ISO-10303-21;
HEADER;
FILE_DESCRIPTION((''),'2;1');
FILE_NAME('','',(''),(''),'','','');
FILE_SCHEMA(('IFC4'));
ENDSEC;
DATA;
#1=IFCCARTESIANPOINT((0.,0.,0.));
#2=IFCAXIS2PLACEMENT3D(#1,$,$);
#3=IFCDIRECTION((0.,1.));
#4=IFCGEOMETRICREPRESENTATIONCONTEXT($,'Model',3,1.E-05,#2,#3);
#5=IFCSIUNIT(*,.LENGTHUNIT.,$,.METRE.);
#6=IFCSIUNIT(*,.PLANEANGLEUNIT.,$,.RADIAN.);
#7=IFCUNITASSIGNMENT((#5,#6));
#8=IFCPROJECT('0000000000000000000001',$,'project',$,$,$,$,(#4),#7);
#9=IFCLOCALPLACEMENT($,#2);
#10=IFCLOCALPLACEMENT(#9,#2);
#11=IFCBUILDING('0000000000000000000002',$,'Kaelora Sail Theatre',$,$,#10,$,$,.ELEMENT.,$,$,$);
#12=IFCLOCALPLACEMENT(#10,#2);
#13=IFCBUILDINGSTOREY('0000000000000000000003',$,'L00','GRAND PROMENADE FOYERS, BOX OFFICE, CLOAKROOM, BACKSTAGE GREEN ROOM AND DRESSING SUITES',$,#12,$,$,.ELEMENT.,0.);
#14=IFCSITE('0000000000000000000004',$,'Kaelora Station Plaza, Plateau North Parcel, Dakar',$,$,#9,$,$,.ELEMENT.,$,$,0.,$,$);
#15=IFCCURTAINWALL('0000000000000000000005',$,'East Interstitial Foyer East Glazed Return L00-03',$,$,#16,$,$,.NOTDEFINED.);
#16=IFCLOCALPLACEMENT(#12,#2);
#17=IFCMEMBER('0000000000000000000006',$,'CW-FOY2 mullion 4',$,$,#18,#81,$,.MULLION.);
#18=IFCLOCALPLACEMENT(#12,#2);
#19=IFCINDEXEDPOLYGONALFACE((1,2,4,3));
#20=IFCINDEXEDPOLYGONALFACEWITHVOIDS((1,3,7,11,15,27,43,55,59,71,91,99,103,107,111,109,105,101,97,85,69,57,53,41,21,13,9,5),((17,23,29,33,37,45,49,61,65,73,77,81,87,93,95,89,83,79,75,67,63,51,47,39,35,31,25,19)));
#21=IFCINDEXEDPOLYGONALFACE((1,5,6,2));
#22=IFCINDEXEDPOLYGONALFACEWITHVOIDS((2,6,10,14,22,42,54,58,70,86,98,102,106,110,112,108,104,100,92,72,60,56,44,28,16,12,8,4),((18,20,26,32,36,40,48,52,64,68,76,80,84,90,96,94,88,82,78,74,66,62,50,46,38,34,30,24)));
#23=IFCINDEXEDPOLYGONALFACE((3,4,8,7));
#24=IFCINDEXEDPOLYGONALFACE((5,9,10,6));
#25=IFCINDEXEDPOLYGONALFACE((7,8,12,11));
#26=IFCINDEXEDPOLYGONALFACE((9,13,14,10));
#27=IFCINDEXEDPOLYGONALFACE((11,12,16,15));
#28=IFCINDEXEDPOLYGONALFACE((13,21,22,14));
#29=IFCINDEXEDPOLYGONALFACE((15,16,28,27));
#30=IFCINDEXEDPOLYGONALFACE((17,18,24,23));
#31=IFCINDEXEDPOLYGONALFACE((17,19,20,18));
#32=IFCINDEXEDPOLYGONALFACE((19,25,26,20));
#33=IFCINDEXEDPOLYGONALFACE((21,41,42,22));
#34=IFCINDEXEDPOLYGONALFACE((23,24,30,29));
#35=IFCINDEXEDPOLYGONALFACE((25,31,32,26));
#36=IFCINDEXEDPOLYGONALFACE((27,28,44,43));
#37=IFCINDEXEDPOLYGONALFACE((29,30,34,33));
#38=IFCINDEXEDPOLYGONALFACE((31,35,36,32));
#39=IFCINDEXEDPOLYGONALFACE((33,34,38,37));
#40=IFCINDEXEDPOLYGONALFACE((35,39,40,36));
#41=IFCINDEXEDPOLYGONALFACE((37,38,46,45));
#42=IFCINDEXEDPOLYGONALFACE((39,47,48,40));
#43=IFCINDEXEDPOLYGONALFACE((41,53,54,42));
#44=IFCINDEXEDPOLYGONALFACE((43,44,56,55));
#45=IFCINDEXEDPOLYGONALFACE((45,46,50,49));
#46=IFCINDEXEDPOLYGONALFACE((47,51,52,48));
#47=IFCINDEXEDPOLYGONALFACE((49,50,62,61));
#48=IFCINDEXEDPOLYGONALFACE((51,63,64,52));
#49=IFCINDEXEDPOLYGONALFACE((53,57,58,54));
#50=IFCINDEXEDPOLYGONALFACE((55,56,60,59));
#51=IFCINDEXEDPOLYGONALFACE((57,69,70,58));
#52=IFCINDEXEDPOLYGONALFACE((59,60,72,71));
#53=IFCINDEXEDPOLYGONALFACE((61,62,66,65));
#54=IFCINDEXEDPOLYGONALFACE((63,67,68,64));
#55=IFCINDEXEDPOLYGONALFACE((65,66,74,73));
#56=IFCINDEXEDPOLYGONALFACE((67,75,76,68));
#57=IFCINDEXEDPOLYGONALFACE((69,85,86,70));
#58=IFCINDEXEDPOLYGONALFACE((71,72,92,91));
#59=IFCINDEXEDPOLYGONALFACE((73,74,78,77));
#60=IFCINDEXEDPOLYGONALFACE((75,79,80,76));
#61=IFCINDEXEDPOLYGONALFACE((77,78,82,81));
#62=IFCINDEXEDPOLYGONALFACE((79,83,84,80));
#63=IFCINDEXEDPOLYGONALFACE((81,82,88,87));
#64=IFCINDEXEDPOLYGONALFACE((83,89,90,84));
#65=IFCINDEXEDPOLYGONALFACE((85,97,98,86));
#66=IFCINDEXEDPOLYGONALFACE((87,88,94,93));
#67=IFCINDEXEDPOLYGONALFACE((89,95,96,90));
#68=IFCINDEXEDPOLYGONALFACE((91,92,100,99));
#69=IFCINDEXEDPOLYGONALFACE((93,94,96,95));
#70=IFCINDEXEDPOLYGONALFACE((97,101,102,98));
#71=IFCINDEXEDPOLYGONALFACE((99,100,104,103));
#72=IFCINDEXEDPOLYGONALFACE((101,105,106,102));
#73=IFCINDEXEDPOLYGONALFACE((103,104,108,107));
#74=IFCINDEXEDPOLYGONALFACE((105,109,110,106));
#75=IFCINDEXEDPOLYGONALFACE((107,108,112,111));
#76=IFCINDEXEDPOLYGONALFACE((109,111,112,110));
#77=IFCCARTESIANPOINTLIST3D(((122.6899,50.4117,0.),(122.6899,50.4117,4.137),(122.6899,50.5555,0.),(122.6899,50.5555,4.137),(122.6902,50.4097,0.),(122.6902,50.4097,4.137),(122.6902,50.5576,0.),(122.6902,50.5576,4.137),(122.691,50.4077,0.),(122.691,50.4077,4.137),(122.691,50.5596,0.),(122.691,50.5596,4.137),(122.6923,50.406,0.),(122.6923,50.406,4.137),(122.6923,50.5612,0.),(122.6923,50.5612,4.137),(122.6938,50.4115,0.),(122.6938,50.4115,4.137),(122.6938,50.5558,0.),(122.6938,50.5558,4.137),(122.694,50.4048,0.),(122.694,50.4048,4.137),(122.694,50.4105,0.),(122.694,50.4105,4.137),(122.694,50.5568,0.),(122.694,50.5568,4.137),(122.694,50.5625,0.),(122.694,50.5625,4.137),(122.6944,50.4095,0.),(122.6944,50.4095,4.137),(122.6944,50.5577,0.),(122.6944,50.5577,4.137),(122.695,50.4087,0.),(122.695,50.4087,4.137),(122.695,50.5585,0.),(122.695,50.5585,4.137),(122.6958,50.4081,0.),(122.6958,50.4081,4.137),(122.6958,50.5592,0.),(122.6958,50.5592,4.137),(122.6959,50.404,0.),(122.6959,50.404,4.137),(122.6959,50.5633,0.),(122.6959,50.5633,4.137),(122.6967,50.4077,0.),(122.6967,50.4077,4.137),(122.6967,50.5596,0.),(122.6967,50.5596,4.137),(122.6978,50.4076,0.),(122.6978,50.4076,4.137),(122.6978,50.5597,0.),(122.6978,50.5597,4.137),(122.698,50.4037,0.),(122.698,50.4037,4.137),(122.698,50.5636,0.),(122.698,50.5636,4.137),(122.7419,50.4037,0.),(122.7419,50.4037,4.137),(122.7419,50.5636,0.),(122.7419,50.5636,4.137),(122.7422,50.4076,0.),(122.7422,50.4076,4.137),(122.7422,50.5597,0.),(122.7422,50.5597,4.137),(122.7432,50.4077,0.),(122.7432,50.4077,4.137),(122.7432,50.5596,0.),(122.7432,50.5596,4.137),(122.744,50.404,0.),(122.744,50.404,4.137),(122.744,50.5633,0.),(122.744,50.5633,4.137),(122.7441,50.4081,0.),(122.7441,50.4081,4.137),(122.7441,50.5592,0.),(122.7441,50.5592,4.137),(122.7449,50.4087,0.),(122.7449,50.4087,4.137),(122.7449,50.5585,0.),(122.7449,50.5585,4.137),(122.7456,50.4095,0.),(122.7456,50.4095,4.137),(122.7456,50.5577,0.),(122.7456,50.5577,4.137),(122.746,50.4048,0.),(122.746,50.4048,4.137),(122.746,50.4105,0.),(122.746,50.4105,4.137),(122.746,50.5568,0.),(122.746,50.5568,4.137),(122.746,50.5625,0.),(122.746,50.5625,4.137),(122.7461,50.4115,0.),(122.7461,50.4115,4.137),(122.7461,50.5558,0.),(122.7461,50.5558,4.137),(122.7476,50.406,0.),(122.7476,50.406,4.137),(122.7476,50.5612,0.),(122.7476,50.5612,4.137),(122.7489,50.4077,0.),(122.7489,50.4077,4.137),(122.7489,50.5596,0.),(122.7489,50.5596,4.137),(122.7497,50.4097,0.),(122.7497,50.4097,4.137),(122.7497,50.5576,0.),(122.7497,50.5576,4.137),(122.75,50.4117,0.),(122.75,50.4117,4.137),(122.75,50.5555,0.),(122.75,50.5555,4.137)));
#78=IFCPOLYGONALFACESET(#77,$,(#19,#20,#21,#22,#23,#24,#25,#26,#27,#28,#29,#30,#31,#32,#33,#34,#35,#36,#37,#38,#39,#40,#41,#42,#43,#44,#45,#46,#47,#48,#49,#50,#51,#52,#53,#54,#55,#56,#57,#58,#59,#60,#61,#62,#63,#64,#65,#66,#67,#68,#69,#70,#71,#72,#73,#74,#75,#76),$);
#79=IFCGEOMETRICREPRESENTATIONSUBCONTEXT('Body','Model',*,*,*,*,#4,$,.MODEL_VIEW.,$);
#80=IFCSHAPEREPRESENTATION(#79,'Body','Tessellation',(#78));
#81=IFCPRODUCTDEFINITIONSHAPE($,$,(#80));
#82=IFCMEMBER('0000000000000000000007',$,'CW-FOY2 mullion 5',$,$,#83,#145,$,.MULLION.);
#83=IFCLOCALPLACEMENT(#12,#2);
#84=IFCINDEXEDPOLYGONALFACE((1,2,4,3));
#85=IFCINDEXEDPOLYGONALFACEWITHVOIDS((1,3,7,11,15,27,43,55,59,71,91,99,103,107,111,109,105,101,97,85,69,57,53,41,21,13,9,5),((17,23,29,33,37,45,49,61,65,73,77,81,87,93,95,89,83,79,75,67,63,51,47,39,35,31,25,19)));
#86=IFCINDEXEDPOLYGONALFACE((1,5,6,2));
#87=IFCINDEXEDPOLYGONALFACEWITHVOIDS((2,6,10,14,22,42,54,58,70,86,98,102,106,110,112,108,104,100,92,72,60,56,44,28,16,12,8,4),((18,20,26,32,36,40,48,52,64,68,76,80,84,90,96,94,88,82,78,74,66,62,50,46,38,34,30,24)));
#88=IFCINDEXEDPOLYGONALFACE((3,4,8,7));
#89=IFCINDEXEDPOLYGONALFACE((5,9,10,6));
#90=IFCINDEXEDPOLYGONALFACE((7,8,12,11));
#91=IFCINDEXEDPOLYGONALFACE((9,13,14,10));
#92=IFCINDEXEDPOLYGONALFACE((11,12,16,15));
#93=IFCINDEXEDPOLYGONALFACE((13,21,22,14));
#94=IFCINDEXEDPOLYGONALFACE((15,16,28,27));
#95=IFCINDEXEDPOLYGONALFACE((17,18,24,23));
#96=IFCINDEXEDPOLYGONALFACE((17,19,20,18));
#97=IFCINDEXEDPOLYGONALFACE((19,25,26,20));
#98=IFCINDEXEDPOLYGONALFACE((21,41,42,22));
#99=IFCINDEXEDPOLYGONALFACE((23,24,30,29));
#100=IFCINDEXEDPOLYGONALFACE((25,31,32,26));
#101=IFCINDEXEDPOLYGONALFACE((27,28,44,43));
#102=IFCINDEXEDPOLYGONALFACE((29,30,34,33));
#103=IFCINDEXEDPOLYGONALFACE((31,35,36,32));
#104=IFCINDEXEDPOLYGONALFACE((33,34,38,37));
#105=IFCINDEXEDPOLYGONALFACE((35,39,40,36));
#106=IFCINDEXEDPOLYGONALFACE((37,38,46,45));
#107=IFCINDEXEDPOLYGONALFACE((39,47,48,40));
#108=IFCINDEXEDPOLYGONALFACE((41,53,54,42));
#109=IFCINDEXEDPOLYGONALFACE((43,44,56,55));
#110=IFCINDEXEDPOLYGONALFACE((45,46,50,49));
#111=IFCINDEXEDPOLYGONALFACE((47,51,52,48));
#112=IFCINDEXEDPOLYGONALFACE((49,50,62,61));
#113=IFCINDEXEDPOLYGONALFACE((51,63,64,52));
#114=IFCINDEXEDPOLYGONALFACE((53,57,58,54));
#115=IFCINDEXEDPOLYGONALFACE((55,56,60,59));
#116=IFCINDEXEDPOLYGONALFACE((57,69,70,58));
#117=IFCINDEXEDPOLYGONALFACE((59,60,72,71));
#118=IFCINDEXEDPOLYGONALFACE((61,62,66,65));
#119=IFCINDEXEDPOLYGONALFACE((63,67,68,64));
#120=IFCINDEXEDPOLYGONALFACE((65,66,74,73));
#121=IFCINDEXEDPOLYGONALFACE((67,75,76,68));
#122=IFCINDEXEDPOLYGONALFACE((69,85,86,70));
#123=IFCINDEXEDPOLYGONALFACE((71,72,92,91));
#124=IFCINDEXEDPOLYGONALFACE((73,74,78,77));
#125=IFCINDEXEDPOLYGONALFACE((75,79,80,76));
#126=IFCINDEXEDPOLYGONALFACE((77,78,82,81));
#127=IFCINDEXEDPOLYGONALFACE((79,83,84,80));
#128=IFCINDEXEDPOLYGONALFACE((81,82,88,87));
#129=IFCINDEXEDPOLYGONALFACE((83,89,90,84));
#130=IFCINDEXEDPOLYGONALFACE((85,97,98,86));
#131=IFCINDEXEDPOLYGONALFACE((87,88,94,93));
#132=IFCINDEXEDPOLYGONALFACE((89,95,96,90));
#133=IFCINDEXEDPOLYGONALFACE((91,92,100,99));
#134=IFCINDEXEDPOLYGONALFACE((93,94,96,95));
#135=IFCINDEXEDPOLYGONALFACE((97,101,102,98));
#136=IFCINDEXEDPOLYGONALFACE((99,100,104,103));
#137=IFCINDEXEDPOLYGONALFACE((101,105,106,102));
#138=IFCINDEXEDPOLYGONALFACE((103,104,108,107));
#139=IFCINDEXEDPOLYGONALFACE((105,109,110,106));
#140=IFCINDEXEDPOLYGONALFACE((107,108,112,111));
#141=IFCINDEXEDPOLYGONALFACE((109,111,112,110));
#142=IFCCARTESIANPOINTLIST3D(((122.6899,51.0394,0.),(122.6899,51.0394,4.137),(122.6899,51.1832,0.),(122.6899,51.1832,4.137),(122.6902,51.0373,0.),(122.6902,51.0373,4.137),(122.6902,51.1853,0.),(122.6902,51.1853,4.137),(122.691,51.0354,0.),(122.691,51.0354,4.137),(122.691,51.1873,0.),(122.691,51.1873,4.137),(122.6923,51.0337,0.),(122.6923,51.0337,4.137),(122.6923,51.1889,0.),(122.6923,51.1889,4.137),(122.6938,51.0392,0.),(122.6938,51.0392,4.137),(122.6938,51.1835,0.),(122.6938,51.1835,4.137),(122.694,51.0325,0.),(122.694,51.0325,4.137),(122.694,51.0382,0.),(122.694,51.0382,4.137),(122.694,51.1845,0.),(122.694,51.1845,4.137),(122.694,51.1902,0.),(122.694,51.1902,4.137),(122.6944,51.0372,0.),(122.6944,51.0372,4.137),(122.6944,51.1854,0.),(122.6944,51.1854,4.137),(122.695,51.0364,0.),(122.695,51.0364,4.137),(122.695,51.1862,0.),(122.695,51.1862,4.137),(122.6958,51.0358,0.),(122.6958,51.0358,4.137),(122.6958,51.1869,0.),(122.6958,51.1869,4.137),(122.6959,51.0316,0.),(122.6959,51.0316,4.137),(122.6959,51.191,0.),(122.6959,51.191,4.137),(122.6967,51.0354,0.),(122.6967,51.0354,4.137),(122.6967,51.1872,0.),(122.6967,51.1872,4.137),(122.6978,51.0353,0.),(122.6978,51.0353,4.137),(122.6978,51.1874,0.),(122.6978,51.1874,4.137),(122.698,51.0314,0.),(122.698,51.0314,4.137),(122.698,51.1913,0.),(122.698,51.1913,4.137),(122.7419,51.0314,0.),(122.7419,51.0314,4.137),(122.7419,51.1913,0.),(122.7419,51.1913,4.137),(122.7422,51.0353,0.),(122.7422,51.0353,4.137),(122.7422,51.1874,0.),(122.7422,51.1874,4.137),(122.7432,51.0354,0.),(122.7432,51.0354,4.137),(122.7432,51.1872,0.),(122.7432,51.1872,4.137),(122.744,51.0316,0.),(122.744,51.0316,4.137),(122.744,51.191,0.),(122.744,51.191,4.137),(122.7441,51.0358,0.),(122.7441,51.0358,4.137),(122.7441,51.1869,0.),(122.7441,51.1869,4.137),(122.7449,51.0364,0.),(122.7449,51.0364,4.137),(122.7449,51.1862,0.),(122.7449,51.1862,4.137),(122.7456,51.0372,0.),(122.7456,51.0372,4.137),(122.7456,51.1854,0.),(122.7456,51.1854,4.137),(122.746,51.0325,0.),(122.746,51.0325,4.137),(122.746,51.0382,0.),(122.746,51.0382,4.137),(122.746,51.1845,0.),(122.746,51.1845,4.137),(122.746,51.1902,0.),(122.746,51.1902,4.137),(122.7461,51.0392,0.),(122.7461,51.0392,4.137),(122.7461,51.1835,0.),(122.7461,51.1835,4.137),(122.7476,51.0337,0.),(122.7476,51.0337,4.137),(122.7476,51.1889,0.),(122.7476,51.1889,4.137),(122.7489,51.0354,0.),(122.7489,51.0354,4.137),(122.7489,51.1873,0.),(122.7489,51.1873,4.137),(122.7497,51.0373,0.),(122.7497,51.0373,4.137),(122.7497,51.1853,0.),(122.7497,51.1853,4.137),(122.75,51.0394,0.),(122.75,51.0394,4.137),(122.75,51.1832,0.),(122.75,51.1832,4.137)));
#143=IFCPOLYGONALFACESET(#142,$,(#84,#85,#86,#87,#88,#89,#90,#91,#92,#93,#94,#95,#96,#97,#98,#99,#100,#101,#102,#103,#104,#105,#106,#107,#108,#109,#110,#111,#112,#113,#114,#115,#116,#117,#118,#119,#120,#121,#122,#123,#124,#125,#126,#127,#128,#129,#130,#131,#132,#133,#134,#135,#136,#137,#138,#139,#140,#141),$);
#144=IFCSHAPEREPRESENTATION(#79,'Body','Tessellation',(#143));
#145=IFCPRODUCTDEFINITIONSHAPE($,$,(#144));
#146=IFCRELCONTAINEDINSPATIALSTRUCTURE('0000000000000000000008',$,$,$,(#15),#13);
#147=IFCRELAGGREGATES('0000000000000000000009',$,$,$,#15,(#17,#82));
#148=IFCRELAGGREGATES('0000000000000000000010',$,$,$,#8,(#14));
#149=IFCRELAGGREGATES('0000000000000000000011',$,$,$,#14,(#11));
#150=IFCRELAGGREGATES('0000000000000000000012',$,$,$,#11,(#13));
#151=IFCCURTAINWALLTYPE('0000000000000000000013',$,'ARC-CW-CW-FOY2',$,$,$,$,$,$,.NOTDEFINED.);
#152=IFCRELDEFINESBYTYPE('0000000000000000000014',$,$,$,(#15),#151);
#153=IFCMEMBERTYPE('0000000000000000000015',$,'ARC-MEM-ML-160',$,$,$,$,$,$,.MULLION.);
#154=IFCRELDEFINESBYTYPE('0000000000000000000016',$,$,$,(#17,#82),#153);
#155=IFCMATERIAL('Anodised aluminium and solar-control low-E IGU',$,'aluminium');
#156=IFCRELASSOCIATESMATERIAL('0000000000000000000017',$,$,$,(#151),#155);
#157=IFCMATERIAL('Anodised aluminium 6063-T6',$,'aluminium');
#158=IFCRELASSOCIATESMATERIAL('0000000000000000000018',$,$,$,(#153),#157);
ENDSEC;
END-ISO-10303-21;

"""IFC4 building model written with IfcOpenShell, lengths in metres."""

from ifc_helpers import new_model, si_unit, direction, frame, origin, origin_2d, place, context, subcontext, project, spatial, hollow_rectangle, extrude, material, material_profile, profile_set, type_object, element, aggregate, save


model = new_model("IFC4")

# Units and contexts
model_context = context("Model", 3, precision=1e-05, world=origin(), true_north=direction((0.0, 1.0)))
body_context = subcontext(model_context, "Body", "Model", "MODEL_VIEW")
ifc_project = project(units=[si_unit("LENGTHUNIT", "METRE"), si_unit("PLANEANGLEUNIT", "RADIAN")], contexts=[model_context])

# Site, building, storey
site_placement = place(None, origin())
site = spatial("IfcSite", under=ifc_project, at=site_placement, Name="Kaelora Station Plaza, Plateau North Parcel, Dakar", CompositionType="ELEMENT", RefElevation=0.0)
building_placement = place(site_placement, origin())
building = spatial("IfcBuilding", under=site, at=building_placement, Name="Kaelora Sail Theatre", CompositionType="ELEMENT")
storey_placement = place(building_placement, origin())
storey = spatial("IfcBuildingStorey", under=building, at=storey_placement, Name="L00", Description="GRAND PROMENADE FOYERS, BOX OFFICE, CLOAKROOM, BACKSTAGE GREEN ROOM AND DRESSING SUITES", CompositionType="ELEMENT", Elevation=0.0)

# Curtain wall, members
ifc_material_1 = material(Name="Anodised aluminium and solar-control low-E IGU", Category="aluminium")
curtain_wall_type = type_object("IfcCurtainWallType", Name="ARC-CW-CW-FOY2", PredefinedType="NOTDEFINED", material=ifc_material_1)
curtain_wall_placement = place(storey_placement, origin())
curtain_wall = element("IfcCurtainWall", 1, at=curtain_wall_placement, inside=storey, type_object=curtain_wall_type, Name="East Interstitial Foyer East Glazed Return L00-03", PredefinedType="NOTDEFINED")
ifc_material_2 = material(Name="Anodised aluminium 6063-T6", Category="aluminium")
ifc_material_profile_1 = material_profile(ifc_material_2, hollow_rectangle(XDim=0.0601, YDim=0.1599, WallThickness=0.0039, InnerFilletRadius=0.0039, OuterFilletRadius=0.0081, at=origin_2d()), Name="ALU-MULL 60x160x4")
ifc_profile_set_1 = profile_set([ifc_material_profile_1], Name="Anodised aluminium 6063-T6")
member_type_1 = type_object("IfcMemberType", Name="ARC-MEM-ML-160", PredefinedType="MULLION", material=ifc_profile_set_1)
member_1_placement = place(storey_placement, frame((122.72, 50.4836, 0.0), z_axis=(0.0, 0.0, 1.0), x_axis=(-1.0, 0.0, 0.0)))
member_1 = element("IfcMember", 2, at=member_1_placement, type_object=member_type_1, Name="CW-FOY2 mullion 4", PredefinedType="MULLION", context=body_context, shape_type="SweptSolid", body=[
    extrude(hollow_rectangle(XDim=0.0601, YDim=0.1599, WallThickness=0.0039, InnerFilletRadius=0.0039, OuterFilletRadius=0.0081, at=origin_2d()), origin(), (0.0, 0.0, 1.0), 4.137),
])
member_2_placement = place(storey_placement, frame((122.72, 51.1113, 0.0), z_axis=(0.0, 0.0, 1.0), x_axis=(-1.0, 0.0, 0.0)))
member_2 = element("IfcMember", 3, at=member_2_placement, type_object=member_type_1, Name="CW-FOY2 mullion 5", PredefinedType="MULLION", context=body_context, shape_type="SweptSolid", body=[
    extrude(hollow_rectangle(XDim=0.0601, YDim=0.1599, WallThickness=0.0039, InnerFilletRadius=0.0039, OuterFilletRadius=0.0081, at=origin_2d()), origin(), (0.0, 0.0, 1.0), 4.137),
])
aggregate(curtain_wall, [member_1, member_2])

save(model, "model.ifc")
